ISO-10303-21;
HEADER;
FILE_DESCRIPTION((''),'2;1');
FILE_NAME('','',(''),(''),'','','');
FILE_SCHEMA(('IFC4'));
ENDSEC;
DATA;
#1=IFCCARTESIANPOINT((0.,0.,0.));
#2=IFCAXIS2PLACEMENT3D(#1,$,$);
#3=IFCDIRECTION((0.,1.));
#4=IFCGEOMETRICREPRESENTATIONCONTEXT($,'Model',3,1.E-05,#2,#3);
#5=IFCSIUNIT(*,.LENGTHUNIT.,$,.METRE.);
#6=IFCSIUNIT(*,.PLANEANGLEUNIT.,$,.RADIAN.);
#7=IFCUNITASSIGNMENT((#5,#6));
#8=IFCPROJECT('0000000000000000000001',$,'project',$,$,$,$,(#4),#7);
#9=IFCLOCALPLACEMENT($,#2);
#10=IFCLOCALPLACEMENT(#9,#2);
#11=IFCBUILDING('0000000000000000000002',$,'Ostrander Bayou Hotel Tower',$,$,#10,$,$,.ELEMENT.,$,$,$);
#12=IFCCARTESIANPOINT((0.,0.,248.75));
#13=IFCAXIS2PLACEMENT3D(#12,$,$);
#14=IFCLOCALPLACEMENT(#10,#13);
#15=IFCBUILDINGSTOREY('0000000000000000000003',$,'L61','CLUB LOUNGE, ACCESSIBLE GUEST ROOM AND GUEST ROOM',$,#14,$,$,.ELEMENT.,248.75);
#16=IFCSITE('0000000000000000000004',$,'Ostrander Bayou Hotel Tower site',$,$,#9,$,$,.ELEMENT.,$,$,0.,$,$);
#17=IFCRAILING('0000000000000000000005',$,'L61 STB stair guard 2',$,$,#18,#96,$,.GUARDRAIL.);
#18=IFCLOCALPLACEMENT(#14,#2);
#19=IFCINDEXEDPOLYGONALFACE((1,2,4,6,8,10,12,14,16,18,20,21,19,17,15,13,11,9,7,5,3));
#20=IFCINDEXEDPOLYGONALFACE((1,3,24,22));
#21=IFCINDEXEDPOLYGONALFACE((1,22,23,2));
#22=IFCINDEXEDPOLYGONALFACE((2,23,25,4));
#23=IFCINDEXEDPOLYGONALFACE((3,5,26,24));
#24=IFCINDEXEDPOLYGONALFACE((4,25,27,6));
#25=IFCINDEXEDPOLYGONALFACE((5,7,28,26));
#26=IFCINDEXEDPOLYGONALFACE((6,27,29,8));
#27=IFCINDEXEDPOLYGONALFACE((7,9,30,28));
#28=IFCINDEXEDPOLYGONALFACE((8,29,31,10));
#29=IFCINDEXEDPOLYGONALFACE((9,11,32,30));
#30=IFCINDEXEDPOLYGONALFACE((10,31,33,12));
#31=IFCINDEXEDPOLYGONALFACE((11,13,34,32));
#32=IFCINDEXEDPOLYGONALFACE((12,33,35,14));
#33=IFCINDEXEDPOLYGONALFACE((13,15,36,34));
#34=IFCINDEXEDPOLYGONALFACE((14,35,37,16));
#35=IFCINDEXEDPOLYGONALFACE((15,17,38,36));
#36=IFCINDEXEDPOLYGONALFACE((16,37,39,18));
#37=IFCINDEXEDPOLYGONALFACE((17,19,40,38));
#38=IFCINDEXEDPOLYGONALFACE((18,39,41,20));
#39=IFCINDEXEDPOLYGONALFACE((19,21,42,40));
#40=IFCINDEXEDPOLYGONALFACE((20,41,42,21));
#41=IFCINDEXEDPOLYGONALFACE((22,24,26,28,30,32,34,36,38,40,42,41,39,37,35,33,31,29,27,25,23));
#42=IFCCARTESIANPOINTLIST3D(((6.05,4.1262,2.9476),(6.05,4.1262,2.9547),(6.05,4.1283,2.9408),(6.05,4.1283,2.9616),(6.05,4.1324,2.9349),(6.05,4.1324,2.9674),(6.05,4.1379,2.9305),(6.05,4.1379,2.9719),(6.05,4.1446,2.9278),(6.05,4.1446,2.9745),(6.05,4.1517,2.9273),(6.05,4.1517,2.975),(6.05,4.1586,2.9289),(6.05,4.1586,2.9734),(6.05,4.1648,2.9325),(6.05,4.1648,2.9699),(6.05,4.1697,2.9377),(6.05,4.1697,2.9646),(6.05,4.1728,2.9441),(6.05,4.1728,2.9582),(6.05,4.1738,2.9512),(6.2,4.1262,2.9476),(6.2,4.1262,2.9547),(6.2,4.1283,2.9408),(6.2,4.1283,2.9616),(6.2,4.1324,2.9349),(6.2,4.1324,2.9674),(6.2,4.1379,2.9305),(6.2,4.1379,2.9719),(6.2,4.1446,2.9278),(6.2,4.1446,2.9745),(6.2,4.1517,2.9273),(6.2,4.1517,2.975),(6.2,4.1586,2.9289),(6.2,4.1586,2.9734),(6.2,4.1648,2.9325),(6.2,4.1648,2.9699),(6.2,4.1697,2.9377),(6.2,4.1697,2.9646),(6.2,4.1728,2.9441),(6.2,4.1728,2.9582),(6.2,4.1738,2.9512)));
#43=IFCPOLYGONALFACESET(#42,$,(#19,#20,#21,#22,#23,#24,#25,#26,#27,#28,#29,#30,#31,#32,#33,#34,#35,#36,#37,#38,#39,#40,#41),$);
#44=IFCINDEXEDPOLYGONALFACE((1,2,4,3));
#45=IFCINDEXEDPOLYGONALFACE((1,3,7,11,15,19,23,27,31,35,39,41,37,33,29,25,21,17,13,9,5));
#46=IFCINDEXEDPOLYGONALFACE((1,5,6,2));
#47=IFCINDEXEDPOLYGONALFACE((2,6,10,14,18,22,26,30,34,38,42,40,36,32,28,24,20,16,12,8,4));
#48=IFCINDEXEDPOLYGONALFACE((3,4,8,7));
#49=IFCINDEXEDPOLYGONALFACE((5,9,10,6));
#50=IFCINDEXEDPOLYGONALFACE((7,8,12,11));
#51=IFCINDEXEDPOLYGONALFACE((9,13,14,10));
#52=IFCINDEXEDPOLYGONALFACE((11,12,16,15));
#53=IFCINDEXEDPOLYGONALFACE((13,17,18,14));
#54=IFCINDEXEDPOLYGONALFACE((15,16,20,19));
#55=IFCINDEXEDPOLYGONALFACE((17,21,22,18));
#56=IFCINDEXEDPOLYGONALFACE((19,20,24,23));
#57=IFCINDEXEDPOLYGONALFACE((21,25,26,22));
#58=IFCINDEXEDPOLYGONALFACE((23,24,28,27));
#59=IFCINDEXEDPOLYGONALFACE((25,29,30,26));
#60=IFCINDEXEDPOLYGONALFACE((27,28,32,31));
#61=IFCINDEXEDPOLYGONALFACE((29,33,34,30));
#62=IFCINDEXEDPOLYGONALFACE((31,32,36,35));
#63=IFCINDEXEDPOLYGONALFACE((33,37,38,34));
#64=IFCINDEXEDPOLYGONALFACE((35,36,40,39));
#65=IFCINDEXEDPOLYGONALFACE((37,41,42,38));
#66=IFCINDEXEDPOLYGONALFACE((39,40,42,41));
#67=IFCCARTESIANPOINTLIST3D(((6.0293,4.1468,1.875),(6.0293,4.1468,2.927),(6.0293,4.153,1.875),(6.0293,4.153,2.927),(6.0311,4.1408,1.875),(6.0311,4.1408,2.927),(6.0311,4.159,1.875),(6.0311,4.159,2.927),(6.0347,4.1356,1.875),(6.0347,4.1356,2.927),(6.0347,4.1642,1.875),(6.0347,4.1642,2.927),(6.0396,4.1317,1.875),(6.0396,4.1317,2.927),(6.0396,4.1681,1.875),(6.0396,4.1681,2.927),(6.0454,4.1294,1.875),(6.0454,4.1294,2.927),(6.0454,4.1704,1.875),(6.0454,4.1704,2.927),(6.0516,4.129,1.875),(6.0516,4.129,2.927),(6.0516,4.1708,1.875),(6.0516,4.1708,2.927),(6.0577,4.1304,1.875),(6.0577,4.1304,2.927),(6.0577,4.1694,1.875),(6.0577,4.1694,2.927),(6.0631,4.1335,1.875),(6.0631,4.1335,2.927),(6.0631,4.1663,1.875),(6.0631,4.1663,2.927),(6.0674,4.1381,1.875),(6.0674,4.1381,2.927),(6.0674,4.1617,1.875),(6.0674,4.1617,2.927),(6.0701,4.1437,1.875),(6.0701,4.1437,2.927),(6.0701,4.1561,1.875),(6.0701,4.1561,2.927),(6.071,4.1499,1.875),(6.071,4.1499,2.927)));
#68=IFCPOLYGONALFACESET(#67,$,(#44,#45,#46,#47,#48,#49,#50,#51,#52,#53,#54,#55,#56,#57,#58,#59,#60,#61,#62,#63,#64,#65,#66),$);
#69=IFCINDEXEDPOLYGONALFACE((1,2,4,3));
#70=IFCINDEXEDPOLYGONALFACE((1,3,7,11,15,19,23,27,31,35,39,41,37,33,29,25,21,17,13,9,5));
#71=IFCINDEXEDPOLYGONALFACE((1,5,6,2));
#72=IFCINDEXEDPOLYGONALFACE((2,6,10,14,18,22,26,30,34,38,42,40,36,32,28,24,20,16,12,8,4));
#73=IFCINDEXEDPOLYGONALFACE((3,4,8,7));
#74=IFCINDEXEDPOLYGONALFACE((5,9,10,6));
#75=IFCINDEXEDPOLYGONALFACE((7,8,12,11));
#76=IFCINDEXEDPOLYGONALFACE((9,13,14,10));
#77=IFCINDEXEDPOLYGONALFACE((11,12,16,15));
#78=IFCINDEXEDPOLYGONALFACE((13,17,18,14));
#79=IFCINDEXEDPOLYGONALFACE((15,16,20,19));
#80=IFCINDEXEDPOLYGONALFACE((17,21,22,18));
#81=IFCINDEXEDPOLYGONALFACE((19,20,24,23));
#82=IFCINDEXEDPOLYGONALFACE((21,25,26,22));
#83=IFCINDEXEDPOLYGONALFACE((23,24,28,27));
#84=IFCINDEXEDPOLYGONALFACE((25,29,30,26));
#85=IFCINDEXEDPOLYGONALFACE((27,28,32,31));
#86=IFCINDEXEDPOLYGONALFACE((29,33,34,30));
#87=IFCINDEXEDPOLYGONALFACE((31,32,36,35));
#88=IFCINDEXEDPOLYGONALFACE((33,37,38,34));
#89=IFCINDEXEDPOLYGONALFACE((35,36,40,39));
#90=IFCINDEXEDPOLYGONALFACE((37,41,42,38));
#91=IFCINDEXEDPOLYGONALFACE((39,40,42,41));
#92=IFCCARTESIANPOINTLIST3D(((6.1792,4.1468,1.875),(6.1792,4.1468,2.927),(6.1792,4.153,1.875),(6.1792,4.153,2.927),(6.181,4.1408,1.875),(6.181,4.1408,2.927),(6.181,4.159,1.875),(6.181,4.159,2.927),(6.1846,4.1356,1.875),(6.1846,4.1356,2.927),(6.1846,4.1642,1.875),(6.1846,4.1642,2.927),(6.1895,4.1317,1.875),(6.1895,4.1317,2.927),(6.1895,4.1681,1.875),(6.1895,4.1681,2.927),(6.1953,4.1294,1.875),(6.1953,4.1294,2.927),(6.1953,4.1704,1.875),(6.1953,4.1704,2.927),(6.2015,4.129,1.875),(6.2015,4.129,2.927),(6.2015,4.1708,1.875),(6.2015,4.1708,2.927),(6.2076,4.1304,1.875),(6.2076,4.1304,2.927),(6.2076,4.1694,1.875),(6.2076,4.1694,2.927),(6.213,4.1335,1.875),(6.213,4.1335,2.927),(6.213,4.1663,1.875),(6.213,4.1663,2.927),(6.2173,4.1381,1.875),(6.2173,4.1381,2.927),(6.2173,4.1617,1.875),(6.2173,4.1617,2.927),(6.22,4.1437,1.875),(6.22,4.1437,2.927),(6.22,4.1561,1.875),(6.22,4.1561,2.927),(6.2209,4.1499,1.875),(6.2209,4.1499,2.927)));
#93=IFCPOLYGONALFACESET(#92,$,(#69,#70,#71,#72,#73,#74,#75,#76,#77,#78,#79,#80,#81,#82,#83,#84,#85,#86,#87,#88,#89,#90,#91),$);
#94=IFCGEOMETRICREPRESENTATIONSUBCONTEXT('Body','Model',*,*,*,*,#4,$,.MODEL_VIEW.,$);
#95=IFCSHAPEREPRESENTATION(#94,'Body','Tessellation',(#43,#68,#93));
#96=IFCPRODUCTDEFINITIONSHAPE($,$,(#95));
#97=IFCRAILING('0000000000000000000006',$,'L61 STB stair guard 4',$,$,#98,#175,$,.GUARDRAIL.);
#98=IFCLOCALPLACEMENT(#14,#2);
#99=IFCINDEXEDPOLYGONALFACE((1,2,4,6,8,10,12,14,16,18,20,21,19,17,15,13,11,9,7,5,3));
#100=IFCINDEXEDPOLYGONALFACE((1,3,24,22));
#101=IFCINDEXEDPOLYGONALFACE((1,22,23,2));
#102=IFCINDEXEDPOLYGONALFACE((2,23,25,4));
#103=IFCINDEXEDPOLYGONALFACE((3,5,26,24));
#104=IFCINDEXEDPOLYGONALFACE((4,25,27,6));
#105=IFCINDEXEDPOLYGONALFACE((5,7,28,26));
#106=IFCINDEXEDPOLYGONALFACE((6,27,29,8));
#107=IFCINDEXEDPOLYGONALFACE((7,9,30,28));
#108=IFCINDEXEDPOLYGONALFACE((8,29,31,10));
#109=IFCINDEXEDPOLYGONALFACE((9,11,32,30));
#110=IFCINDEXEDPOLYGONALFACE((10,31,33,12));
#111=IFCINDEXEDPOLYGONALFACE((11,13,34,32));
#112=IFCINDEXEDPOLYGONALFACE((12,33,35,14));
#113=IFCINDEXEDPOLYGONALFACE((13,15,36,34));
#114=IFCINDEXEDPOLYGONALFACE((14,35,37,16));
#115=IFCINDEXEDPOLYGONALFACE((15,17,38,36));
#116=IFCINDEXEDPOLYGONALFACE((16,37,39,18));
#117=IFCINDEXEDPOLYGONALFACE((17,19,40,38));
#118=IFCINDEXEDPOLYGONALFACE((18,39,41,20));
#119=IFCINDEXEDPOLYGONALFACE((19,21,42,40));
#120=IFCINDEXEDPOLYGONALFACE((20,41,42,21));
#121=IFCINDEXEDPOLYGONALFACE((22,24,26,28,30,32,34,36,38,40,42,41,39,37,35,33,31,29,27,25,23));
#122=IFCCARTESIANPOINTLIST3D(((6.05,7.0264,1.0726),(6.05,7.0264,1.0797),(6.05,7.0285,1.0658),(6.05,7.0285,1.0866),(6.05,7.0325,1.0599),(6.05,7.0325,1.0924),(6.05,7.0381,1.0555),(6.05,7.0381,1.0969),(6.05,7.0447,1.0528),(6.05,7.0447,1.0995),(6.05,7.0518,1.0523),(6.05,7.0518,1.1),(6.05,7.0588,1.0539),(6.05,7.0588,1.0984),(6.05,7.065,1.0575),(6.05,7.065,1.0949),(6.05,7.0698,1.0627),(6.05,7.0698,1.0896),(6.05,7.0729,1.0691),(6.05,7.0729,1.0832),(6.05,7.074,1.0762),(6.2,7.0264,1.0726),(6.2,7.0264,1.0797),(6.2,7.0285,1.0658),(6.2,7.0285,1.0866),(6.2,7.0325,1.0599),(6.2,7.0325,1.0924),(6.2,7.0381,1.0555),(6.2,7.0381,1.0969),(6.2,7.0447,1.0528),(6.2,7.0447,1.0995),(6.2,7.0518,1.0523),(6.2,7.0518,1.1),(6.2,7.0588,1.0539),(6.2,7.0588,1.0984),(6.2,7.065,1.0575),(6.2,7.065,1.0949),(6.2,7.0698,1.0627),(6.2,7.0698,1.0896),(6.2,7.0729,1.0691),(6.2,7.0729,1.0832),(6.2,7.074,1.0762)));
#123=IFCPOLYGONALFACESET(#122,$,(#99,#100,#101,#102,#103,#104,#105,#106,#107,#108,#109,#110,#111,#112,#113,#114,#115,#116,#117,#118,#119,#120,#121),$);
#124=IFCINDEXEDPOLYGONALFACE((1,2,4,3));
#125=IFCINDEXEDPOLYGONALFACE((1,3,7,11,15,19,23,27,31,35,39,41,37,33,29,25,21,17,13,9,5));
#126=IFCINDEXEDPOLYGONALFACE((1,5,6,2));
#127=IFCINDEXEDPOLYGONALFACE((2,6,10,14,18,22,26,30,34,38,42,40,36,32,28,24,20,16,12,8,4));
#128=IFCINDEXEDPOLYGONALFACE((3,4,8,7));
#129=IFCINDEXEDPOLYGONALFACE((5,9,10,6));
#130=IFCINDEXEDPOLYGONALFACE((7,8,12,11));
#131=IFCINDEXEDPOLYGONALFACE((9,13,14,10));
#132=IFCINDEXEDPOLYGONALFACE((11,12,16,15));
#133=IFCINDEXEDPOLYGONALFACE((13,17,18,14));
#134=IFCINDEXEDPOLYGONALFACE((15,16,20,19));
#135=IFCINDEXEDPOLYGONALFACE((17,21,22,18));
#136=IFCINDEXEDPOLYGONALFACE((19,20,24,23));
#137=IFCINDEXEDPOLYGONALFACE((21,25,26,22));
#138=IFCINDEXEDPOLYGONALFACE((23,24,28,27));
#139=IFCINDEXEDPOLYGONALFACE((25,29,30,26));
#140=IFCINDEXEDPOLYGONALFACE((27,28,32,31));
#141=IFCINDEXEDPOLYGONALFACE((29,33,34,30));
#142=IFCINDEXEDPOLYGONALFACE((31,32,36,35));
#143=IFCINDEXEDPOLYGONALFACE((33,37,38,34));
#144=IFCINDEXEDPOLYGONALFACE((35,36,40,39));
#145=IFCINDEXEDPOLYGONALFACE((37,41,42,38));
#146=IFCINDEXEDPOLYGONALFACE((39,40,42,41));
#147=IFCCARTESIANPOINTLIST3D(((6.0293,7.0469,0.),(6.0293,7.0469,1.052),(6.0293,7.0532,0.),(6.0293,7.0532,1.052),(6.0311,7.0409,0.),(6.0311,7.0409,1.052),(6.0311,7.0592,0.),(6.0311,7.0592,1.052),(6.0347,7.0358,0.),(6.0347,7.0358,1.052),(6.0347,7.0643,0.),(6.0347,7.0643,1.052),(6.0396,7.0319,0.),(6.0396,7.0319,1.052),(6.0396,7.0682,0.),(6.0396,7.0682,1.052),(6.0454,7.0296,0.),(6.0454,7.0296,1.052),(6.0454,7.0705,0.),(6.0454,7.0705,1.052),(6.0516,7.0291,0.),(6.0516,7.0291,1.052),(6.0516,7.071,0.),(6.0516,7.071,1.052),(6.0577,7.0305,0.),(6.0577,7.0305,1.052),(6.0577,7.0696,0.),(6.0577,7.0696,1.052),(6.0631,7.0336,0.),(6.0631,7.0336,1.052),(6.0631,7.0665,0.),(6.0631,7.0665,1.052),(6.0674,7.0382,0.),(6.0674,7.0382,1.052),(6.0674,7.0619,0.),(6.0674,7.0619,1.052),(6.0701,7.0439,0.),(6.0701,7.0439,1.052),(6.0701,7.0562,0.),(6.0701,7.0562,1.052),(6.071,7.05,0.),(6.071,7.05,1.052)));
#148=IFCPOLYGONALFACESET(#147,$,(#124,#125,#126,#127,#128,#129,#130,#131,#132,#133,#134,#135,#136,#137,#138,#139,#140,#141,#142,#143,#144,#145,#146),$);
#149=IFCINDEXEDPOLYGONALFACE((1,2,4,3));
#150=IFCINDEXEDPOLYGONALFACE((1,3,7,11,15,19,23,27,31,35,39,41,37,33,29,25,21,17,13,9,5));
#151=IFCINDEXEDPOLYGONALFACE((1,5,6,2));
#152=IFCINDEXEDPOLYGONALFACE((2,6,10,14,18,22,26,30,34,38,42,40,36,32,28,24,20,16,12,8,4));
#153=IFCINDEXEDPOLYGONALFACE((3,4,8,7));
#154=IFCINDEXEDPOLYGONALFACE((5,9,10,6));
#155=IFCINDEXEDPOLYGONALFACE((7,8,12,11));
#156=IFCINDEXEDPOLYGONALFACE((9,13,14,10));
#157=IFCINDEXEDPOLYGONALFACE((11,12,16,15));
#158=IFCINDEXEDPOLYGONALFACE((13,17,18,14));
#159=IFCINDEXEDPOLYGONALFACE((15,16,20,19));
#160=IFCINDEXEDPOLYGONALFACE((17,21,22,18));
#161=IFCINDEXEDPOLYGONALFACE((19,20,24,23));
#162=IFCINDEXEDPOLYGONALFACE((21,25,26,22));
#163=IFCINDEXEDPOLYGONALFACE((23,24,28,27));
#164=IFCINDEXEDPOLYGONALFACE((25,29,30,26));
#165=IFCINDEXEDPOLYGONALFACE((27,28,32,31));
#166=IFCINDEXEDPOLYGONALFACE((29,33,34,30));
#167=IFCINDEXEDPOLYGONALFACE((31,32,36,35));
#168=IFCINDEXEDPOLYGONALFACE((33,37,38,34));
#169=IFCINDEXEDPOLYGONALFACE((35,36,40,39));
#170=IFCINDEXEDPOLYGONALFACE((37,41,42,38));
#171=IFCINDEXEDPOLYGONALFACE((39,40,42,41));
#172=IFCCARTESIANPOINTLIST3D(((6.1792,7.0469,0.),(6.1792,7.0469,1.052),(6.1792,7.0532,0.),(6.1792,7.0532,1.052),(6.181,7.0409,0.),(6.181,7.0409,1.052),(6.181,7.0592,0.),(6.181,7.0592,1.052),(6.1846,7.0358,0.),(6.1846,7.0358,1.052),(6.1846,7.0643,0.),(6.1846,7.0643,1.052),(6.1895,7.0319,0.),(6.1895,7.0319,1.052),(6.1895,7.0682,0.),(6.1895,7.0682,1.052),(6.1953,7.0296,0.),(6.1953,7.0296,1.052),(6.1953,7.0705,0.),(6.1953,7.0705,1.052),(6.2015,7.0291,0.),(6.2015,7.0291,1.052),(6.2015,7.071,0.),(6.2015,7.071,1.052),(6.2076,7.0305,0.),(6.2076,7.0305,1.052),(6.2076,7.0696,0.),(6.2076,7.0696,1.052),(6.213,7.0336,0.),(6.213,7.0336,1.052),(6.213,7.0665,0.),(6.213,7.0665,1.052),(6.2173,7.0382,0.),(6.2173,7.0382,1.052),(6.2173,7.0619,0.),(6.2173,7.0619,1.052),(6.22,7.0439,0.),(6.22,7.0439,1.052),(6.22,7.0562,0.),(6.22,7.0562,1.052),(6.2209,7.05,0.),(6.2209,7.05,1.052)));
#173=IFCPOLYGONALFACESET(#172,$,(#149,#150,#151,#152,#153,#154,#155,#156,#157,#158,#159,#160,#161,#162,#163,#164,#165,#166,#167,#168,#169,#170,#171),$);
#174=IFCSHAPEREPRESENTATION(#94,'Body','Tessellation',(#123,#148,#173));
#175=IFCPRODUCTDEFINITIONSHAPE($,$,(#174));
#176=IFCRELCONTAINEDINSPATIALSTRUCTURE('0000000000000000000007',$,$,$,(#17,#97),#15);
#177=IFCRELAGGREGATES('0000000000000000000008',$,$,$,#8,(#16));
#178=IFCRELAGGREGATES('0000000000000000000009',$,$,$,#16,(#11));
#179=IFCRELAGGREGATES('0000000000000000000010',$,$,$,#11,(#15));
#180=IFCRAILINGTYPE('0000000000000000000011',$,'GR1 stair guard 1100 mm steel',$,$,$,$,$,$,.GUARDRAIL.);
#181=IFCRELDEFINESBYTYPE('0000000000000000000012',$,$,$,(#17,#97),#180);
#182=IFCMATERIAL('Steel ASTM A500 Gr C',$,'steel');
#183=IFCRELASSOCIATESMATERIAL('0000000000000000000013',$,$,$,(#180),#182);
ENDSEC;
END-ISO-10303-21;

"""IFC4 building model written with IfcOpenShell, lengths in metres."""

from ifc_helpers import new_model, si_unit, direction, frame, origin, origin_2d, place, context, subcontext, project, spatial, circle, extrude, material, type_object, element, save


model = new_model("IFC4")

# Units and contexts
model_context = context("Model", 3, precision=1e-05, world=origin(), true_north=direction((0.0, 1.0)))
body_context = subcontext(model_context, "Body", "Model", "MODEL_VIEW")
ifc_project = project(units=[si_unit("LENGTHUNIT", "METRE"), si_unit("PLANEANGLEUNIT", "RADIAN")], contexts=[model_context])

# Site, building, storey
site_placement = place(None, origin())
site = spatial("IfcSite", under=ifc_project, at=site_placement, Name="Ostrander Bayou Hotel Tower site", CompositionType="ELEMENT", RefElevation=0.0)
building_placement = place(site_placement, origin())
building = spatial("IfcBuilding", under=site, at=building_placement, Name="Ostrander Bayou Hotel Tower", CompositionType="ELEMENT")
storey_placement = place(building_placement, frame((0.0, 0.0, 248.75)))
storey = spatial("IfcBuildingStorey", under=building, at=storey_placement, Name="L61", Description="CLUB LOUNGE, ACCESSIBLE GUEST ROOM AND GUEST ROOM", CompositionType="ELEMENT", Elevation=248.75)

# Railings
ifc_material_1 = material(Name="Steel ASTM A500 Gr C", Category="steel")
railing_type_1 = type_object("IfcRailingType", Name="GR1 stair guard 1100 mm steel", PredefinedType="GUARDRAIL", material=ifc_material_1)
for number, where, name in (
    (1, (6.05, 4.1499, 1.875), "L61 STB stair guard 2"),
    (2, (6.05, 7.05, 0.0), "L61 STB stair guard 4"),
):
    element("IfcRailing", number, at=place(storey_placement, frame(where)), inside=storey, type_object=railing_type_1, Name=name, PredefinedType="GUARDRAIL", context=body_context, shape_type="SweptSolid", body=[
        extrude(circle(Radius=0.0239, at=origin_2d()), frame((0.0, 0.0, 1.0762), z_axis=(1.0, 0.0, 0.0), x_axis=(0.0, 1.0, 0.0)), (0.0, 0.0, 1.0), 0.1499),
        extrude(circle(Radius=0.021, at=origin_2d()), origin(), (0.0, 0.0, 1.0), 1.052),
        extrude(circle(Radius=0.021, at=origin_2d()), frame((0.1499, 0.0, 0.0)), (0.0, 0.0, 1.0), 1.052),
    ])

save(model, "model.ifc")
